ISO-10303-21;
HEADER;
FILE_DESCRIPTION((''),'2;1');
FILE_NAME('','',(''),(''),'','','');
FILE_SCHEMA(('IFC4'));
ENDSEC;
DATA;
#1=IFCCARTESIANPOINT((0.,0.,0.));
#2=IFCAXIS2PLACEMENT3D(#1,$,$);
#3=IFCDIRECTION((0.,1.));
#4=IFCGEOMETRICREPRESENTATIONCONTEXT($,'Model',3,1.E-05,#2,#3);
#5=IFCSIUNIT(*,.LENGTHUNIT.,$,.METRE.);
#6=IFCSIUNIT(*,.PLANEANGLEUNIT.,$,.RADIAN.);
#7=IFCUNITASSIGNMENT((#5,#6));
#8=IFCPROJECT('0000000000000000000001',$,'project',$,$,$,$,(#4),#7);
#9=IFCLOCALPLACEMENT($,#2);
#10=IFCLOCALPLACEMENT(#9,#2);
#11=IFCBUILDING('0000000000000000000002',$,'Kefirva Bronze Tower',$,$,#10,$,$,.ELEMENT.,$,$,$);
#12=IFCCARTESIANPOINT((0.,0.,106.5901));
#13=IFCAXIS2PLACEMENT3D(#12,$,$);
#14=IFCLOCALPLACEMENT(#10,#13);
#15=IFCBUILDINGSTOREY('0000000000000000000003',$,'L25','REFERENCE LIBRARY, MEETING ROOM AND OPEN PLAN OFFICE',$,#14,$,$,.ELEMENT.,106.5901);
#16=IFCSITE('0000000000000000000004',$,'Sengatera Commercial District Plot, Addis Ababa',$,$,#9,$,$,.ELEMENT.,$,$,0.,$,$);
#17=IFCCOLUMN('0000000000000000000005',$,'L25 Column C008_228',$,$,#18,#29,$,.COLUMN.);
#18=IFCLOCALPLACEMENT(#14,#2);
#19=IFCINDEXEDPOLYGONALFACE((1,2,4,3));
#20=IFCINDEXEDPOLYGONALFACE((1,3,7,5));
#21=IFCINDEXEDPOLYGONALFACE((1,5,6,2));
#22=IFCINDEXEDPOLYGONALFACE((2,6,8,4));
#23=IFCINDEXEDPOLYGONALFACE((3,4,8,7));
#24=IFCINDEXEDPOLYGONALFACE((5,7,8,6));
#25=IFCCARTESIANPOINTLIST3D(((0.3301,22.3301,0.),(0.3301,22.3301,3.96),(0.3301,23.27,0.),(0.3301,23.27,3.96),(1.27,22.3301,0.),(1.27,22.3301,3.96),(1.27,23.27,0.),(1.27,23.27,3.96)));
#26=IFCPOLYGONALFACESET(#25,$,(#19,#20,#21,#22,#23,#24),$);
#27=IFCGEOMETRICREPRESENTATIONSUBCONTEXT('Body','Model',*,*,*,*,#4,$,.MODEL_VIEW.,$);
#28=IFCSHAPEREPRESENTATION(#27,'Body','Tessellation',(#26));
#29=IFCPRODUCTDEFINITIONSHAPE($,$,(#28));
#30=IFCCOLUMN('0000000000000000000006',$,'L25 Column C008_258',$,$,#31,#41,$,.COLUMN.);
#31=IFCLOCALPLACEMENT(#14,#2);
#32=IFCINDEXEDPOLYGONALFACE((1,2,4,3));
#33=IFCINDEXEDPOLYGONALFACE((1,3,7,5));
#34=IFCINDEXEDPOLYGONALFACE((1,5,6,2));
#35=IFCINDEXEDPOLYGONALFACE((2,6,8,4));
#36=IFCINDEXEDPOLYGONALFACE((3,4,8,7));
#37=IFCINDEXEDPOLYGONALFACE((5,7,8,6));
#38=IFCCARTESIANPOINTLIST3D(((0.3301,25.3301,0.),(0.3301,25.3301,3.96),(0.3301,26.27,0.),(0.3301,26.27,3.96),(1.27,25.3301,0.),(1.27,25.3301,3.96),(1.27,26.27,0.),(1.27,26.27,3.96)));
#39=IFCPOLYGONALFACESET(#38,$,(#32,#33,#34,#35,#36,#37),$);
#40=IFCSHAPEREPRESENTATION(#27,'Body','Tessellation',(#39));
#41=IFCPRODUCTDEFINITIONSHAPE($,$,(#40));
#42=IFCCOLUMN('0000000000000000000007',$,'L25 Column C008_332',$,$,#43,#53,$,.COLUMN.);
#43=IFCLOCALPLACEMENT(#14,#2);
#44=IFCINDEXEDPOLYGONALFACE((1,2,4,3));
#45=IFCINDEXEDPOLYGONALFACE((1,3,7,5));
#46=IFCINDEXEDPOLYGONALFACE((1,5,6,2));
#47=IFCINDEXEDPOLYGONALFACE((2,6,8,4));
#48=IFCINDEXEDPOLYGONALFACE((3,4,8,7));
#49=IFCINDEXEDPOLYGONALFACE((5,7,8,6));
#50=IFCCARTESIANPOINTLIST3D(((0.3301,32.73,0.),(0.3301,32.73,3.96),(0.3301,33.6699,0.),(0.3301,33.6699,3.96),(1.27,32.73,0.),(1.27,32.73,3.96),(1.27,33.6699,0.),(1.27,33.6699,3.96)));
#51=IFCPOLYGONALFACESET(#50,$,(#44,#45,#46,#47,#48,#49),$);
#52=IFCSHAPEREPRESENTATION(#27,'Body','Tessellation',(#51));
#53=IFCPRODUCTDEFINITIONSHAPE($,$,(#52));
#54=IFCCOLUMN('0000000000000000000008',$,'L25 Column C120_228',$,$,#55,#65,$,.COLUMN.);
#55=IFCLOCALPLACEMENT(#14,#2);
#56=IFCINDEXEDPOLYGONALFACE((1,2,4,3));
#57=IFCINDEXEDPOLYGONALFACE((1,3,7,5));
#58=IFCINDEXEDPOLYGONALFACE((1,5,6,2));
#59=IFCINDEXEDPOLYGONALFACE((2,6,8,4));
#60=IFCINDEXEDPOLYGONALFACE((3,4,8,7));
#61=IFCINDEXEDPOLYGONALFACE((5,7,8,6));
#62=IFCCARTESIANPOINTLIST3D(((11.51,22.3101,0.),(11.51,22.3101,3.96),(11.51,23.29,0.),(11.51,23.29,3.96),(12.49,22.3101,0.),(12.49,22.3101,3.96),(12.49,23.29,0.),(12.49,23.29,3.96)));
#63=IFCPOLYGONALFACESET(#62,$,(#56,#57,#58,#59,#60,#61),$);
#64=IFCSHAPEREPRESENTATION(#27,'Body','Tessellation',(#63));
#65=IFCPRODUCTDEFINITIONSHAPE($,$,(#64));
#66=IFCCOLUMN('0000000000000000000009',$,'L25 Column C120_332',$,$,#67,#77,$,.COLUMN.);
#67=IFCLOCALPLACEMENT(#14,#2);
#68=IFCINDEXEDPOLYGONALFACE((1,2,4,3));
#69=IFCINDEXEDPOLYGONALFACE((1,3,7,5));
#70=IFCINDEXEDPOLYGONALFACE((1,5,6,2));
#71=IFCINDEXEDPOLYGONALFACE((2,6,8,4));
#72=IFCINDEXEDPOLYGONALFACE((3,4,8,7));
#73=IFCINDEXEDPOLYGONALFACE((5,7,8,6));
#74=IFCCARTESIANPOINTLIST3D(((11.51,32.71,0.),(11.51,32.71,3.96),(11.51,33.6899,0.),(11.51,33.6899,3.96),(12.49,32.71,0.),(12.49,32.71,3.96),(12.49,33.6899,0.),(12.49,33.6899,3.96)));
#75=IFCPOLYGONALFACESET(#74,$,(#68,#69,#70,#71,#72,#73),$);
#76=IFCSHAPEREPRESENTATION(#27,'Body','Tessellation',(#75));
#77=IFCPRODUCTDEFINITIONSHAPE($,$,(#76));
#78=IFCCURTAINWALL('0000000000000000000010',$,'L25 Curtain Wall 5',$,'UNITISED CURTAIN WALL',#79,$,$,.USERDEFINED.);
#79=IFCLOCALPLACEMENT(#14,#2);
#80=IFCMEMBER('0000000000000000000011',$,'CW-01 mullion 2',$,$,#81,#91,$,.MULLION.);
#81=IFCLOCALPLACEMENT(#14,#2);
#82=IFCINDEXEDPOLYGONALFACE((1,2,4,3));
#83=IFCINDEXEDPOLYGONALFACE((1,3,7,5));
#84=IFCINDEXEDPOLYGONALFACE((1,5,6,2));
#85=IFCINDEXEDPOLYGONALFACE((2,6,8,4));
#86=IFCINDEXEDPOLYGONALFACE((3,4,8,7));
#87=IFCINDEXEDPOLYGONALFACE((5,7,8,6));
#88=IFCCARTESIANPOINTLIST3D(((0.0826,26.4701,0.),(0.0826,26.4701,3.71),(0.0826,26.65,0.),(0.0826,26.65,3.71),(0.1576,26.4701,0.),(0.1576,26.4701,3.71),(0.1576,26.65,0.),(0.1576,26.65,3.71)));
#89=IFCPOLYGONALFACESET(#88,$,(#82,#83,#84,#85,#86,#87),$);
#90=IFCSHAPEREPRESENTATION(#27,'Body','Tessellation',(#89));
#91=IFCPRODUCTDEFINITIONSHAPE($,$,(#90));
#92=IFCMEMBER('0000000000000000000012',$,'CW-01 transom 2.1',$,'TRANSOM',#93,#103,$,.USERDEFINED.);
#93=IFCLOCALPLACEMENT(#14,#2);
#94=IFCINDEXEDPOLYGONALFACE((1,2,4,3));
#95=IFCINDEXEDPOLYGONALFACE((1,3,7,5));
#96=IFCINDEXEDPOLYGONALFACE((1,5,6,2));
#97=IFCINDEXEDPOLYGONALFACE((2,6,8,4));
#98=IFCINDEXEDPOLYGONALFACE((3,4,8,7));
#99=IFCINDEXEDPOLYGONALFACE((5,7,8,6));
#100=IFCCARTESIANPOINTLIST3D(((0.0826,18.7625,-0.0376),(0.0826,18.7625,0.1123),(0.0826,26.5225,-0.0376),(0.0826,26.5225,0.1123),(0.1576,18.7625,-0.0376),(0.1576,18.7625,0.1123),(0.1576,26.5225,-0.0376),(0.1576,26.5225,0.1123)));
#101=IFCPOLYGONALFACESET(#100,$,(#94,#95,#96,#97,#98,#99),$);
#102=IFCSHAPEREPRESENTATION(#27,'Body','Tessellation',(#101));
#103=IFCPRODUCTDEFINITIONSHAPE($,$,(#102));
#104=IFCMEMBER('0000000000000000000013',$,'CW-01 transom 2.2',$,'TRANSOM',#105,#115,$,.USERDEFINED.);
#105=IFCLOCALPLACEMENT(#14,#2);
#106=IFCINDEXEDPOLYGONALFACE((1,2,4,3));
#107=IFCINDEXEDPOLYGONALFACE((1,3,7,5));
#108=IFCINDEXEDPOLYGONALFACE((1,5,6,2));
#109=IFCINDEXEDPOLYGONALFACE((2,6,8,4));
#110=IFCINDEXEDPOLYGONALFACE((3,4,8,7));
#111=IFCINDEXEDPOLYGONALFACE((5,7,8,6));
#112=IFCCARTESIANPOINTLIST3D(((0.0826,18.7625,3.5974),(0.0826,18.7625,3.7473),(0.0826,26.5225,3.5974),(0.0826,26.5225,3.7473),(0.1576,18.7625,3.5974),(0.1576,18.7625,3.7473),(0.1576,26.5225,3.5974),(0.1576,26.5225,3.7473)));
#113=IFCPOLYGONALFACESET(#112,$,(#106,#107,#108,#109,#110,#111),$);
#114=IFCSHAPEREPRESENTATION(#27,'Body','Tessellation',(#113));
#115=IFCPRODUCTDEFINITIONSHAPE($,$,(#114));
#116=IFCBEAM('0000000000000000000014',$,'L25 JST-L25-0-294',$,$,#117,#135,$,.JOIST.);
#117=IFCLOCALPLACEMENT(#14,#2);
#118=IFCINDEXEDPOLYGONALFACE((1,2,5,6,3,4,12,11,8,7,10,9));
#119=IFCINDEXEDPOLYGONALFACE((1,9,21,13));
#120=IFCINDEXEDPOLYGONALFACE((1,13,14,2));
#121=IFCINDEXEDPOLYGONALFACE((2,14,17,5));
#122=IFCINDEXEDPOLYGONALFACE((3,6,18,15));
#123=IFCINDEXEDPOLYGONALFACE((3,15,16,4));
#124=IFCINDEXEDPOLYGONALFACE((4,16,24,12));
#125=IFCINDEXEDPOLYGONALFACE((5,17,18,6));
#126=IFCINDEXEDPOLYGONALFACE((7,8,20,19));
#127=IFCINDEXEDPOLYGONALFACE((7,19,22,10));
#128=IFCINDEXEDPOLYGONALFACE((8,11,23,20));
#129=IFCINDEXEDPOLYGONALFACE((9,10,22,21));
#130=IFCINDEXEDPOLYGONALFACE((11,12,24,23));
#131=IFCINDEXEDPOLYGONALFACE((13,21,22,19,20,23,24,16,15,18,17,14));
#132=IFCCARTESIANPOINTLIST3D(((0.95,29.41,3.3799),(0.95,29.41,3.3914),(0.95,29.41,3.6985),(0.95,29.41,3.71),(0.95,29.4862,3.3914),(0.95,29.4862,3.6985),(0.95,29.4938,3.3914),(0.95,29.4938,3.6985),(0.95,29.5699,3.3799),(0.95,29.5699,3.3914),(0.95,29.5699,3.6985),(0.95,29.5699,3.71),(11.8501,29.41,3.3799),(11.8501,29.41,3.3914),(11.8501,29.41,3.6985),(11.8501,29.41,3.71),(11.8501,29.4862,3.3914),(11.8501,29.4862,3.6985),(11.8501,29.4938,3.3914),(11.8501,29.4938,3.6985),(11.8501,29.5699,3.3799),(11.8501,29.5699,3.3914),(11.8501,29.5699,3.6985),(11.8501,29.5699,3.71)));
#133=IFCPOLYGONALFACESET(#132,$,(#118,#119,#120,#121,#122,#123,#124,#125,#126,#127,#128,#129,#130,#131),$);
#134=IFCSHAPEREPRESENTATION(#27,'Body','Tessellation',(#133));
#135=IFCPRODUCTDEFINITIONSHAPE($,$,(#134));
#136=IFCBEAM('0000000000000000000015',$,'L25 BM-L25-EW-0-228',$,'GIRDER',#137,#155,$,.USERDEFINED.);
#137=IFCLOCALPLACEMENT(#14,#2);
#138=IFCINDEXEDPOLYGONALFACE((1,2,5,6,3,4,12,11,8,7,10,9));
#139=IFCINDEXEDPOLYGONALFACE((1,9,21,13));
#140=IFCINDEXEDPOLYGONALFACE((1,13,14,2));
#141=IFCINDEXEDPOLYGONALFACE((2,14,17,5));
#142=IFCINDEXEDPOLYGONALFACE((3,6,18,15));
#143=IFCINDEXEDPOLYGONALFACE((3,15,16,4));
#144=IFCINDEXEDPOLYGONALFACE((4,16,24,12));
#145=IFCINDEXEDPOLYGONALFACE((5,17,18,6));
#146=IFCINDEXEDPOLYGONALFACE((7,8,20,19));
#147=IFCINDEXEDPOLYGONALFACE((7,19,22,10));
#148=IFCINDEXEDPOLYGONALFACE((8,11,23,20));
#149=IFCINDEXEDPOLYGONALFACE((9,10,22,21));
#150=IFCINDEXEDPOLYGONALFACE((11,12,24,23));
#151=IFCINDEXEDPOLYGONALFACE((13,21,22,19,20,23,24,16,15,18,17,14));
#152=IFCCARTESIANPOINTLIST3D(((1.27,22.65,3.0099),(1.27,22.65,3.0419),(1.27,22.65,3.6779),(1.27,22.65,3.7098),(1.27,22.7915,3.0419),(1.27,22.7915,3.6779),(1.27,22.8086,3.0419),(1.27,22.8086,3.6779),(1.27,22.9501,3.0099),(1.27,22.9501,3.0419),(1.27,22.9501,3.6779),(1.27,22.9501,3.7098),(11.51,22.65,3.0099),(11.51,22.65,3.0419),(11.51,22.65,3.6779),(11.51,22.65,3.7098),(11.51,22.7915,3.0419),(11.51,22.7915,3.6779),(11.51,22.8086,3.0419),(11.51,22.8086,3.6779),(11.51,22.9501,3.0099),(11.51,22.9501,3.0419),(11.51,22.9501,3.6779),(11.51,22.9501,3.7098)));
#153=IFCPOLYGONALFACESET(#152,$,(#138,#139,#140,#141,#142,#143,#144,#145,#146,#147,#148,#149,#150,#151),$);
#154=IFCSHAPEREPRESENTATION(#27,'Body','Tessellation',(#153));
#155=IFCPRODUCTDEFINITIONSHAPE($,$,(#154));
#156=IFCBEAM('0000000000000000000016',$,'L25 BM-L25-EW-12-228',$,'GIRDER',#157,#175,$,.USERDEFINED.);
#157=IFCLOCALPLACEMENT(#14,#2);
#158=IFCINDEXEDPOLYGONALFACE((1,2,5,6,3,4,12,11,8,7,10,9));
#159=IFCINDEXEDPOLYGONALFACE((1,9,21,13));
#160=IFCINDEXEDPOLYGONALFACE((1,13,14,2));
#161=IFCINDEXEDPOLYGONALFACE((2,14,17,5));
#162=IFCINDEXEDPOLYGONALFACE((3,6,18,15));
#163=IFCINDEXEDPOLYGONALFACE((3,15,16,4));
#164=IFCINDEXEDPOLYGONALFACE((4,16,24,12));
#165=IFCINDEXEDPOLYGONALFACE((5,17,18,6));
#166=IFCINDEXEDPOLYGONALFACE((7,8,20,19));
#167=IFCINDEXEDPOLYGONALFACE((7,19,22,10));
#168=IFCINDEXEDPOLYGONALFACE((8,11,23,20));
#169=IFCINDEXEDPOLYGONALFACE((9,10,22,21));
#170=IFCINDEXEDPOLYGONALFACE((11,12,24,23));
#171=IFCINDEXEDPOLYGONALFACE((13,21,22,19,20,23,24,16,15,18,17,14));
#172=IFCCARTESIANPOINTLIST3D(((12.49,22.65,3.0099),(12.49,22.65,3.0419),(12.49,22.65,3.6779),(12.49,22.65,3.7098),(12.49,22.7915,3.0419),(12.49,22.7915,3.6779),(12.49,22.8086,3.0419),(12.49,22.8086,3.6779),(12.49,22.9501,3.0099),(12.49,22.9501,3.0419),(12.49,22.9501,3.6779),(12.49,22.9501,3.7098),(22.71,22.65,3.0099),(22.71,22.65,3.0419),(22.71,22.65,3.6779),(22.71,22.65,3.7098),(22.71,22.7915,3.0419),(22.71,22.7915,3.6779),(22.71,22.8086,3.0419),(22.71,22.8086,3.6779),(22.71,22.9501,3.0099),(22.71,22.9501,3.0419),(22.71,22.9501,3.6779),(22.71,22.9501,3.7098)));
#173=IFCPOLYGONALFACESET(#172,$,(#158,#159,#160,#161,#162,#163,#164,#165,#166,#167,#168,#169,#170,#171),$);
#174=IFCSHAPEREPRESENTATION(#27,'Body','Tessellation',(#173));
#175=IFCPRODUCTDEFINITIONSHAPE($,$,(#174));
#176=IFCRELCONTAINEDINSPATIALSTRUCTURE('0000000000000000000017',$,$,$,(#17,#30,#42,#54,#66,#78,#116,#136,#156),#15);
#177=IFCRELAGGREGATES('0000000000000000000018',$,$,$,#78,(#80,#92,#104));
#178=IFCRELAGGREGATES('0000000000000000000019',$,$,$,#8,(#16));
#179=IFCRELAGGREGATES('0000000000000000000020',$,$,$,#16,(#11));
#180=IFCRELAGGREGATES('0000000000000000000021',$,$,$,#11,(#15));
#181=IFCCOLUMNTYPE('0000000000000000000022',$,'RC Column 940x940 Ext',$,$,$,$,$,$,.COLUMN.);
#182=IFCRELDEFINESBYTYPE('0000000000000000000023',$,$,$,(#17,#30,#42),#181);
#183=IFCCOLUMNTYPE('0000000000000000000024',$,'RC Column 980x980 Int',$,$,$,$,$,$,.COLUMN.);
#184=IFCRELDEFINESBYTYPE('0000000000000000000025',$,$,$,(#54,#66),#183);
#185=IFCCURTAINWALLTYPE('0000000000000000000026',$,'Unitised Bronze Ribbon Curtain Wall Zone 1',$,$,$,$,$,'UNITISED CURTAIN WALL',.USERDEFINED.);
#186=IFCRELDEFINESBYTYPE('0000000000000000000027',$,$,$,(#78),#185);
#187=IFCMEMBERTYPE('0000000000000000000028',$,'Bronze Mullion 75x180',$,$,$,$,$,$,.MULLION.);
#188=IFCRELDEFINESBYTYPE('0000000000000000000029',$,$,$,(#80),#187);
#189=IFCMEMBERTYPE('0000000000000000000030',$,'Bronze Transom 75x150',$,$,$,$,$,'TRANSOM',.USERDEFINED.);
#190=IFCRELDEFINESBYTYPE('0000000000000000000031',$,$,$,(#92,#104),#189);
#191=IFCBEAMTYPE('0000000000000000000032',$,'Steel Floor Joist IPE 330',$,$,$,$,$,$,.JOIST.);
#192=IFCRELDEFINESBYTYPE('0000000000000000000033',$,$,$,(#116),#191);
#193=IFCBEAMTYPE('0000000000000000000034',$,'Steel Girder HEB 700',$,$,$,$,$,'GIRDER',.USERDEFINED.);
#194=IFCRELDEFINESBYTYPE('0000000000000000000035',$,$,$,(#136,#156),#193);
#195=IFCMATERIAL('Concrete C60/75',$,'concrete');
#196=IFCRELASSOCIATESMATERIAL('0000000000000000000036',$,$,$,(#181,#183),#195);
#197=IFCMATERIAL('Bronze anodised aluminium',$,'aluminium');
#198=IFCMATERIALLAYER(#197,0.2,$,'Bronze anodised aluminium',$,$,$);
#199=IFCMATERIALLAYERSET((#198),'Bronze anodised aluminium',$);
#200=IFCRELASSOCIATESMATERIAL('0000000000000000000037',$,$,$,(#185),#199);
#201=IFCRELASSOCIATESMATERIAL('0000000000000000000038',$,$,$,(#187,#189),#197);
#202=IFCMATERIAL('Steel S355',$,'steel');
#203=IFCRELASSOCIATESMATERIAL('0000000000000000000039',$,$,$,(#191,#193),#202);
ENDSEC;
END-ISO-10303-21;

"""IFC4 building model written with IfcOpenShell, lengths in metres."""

from ifc_helpers import new_model, si_unit, direction, frame, origin, origin_2d, place, context, subcontext, project, spatial, rectangle, i_section, extrude, material, layer, layer_set, material_profile, profile_set, type_object, element, aggregate, save


model = new_model("IFC4")

# Units and contexts
model_context = context("Model", 3, precision=1e-05, world=origin(), true_north=direction((0.0, 1.0)))
body_context = subcontext(model_context, "Body", "Model", "MODEL_VIEW")
ifc_project = project(units=[si_unit("LENGTHUNIT", "METRE"), si_unit("PLANEANGLEUNIT", "RADIAN")], contexts=[model_context])

# Site, building, storey
site_placement = place(None, origin())
site = spatial("IfcSite", under=ifc_project, at=site_placement, Name="Sengatera Commercial District Plot, Addis Ababa", CompositionType="ELEMENT", RefElevation=0.0)
building_placement = place(site_placement, origin())
building = spatial("IfcBuilding", under=site, at=building_placement, Name="Kefirva Bronze Tower", CompositionType="ELEMENT")
storey_placement = place(building_placement, frame((0.0, 0.0, 106.5901)))
storey = spatial("IfcBuildingStorey", under=building, at=storey_placement, Name="L25", Description="REFERENCE LIBRARY, MEETING ROOM AND OPEN PLAN OFFICE", CompositionType="ELEMENT", Elevation=106.5901)

# Columns
ifc_material_1 = material(Name="Concrete C60/75", Category="concrete")
ifc_material_profile_1 = material_profile(ifc_material_1, rectangle(XDim=0.9399, YDim=0.9399, at=origin_2d()), Name="RC 940x940")
ifc_profile_set_1 = profile_set([ifc_material_profile_1], Name="Concrete C60/75")
column_type_1 = type_object("IfcColumnType", Name="RC Column 940x940 Ext", PredefinedType="COLUMN", material=ifc_profile_set_1)
for number, where, z_axis, x_axis, name in (
    (1, (0.8, 22.8, 0.0), (0.0, 0.0, 1.0), (1.0, 0.0, 0.0), "L25 Column C008_228"),
    (2, (0.8, 25.8, 0.0), (0.0, 0.0, 1.0), (1.0, 0.0, 0.0), "L25 Column C008_258"),
    (3, (0.8, 33.2, 0.0), (0.0, 0.0, 1.0), (1.0, 0.0, 0.0), "L25 Column C008_332"),
):
    element("IfcColumn", number, at=place(storey_placement, frame(where, z_axis=z_axis, x_axis=x_axis)), inside=storey, type_object=column_type_1, Name=name, PredefinedType="COLUMN", context=body_context, shape_type="SweptSolid", body=[
        extrude(rectangle(XDim=0.9399, YDim=0.9399, at=origin_2d()), origin(), (0.0, 0.0, 1.0), 3.96),
    ])
ifc_material_profile_2 = material_profile(ifc_material_1, rectangle(XDim=0.98, YDim=0.98, at=origin_2d()), Name="RC 980x980")
ifc_profile_set_2 = profile_set([ifc_material_profile_2], Name="Concrete C60/75")
column_type_2 = type_object("IfcColumnType", Name="RC Column 980x980 Int", PredefinedType="COLUMN", material=ifc_profile_set_2)
for number, where, z_axis, x_axis, name in (
    (4, (12.0, 22.8, 0.0), (0.0, 0.0, 1.0), (1.0, 0.0, 0.0), "L25 Column C120_228"),
    (5, (12.0, 33.2, 0.0), (0.0, 0.0, 1.0), (1.0, 0.0, 0.0), "L25 Column C120_332"),
):
    element("IfcColumn", number, at=place(storey_placement, frame(where, z_axis=z_axis, x_axis=x_axis)), inside=storey, type_object=column_type_2, Name=name, PredefinedType="COLUMN", context=body_context, shape_type="SweptSolid", body=[
        extrude(rectangle(XDim=0.98, YDim=0.98, at=origin_2d()), origin(), (0.0, 0.0, 1.0), 3.96),
    ])

# Curtain wall, members
ifc_material_2 = material(Name="Bronze anodised aluminium", Category="aluminium")
ifc_layer_1 = layer(ifc_material_2, 0.2, Name="Bronze anodised aluminium")
ifc_layer_set_1 = layer_set([ifc_layer_1], Name="Bronze anodised aluminium")
curtain_wall_type = type_object("IfcCurtainWallType", Name="Unitised Bronze Ribbon Curtain Wall Zone 1", ElementType="UNITISED CURTAIN WALL", PredefinedType="USERDEFINED", material=ifc_layer_set_1)
curtain_wall_placement = place(storey_placement, origin())
curtain_wall = element("IfcCurtainWall", 6, at=curtain_wall_placement, inside=storey, type_object=curtain_wall_type, Name="L25 Curtain Wall 5", ObjectType="UNITISED CURTAIN WALL", PredefinedType="USERDEFINED")
ifc_material_profile_3 = material_profile(ifc_material_2, rectangle(XDim=0.075, YDim=0.1799, at=origin_2d()), Name="ALU 75x180")
ifc_profile_set_3 = profile_set([ifc_material_profile_3], Name="Bronze anodised aluminium")
member_type_1 = type_object("IfcMemberType", Name="Bronze Mullion 75x180", PredefinedType="MULLION", material=ifc_profile_set_3)
member_1_placement = place(storey_placement, frame((0.1201, 26.5601, 0.0), z_axis=(0.0, 0.0, 1.0), x_axis=(1.0, 0.0, 0.0)))
member_1 = element("IfcMember", 7, at=member_1_placement, type_object=member_type_1, Name="CW-01 mullion 2", PredefinedType="MULLION", context=body_context, shape_type="SweptSolid", body=[
    extrude(rectangle(XDim=0.075, YDim=0.1799, at=origin_2d()), origin(), (0.0, 0.0, 1.0), 3.71),
])
ifc_material_profile_4 = material_profile(ifc_material_2, rectangle(XDim=0.075, YDim=0.1499, at=origin_2d()), Name="ALU 75x150")
ifc_profile_set_4 = profile_set([ifc_material_profile_4], Name="Bronze anodised aluminium")
member_type_2 = type_object("IfcMemberType", Name="Bronze Transom 75x150", ElementType="TRANSOM", PredefinedType="USERDEFINED", material=ifc_profile_set_4)
member_2_placement = place(storey_placement, frame((0.1201, 26.5225, 0.0374), z_axis=(0.0, -1.0, 0.0), x_axis=(1.0, 0.0, 0.0)))
member_2 = element("IfcMember", 8, at=member_2_placement, type_object=member_type_2, Name="CW-01 transom 2.1", ObjectType="TRANSOM", PredefinedType="USERDEFINED", context=body_context, shape_type="SweptSolid", body=[
    extrude(rectangle(XDim=0.075, YDim=0.1499, at=origin_2d()), origin(), (0.0, 0.0, 1.0), 7.76),
])
member_3_placement = place(storey_placement, frame((0.1201, 26.5225, 3.6724), z_axis=(0.0, -1.0, 0.0), x_axis=(1.0, 0.0, 0.0)))
member_3 = element("IfcMember", 9, at=member_3_placement, type_object=member_type_2, Name="CW-01 transom 2.2", ObjectType="TRANSOM", PredefinedType="USERDEFINED", context=body_context, shape_type="SweptSolid", body=[
    extrude(rectangle(XDim=0.075, YDim=0.1499, at=origin_2d()), origin(), (0.0, 0.0, 1.0), 7.76),
])

# Beams
ifc_material_3 = material(Name="Steel S355", Category="steel")
ifc_material_profile_5 = material_profile(ifc_material_3, i_section(OverallWidth=0.1599, OverallDepth=0.3301, WebThickness=0.0076, FlangeThickness=0.0115, at=origin_2d()), Name="IPE 330")
ifc_profile_set_5 = profile_set([ifc_material_profile_5], Name="Steel S355")
beam_type_1 = type_object("IfcBeamType", Name="Steel Floor Joist IPE 330", PredefinedType="JOIST", material=ifc_profile_set_5)
beam_1_placement = place(storey_placement, frame((0.95, 29.49, 3.5449), z_axis=(1.0, 0.0, 0.0), x_axis=(0.0, 1.0, 0.0)))
element("IfcBeam", 10, at=beam_1_placement, inside=storey, type_object=beam_type_1, Name="L25 JST-L25-0-294", PredefinedType="JOIST", context=body_context, shape_type="SweptSolid", body=[
    extrude(i_section(OverallWidth=0.1599, OverallDepth=0.3301, WebThickness=0.0076, FlangeThickness=0.0115, at=origin_2d()), origin(), (0.0, 0.0, 1.0), 10.9001),
])
ifc_material_profile_6 = material_profile(ifc_material_3, i_section(OverallWidth=0.3, OverallDepth=0.7, WebThickness=0.0171, FlangeThickness=0.032, at=origin_2d()), Name="HEB 700")
ifc_profile_set_6 = profile_set([ifc_material_profile_6], Name="Steel S355")
beam_type_2 = type_object("IfcBeamType", Name="Steel Girder HEB 700", ElementType="GIRDER", PredefinedType="USERDEFINED", material=ifc_profile_set_6)
beam_2_placement = place(storey_placement, frame((1.27, 22.8, 3.3599), z_axis=(1.0, 0.0, 0.0), x_axis=(0.0, 1.0, 0.0)))
element("IfcBeam", 11, at=beam_2_placement, inside=storey, type_object=beam_type_2, Name="L25 BM-L25-EW-0-228", ObjectType="GIRDER", PredefinedType="USERDEFINED", context=body_context, shape_type="SweptSolid", body=[
    extrude(i_section(OverallWidth=0.3, OverallDepth=0.7, WebThickness=0.0171, FlangeThickness=0.032, at=origin_2d()), origin(), (0.0, 0.0, 1.0), 10.24),
])
beam_3_placement = place(storey_placement, frame((12.49, 22.8, 3.3599), z_axis=(1.0, 0.0, 0.0), x_axis=(0.0, 1.0, 0.0)))
element("IfcBeam", 12, at=beam_3_placement, inside=storey, type_object=beam_type_2, Name="L25 BM-L25-EW-12-228", ObjectType="GIRDER", PredefinedType="USERDEFINED", context=body_context, shape_type="SweptSolid", body=[
    extrude(i_section(OverallWidth=0.3, OverallDepth=0.7, WebThickness=0.0171, FlangeThickness=0.032, at=origin_2d()), origin(), (0.0, 0.0, 1.0), 10.22),
])

aggregate(curtain_wall, [member_1, member_2, member_3])

save(model, "model.ifc")
